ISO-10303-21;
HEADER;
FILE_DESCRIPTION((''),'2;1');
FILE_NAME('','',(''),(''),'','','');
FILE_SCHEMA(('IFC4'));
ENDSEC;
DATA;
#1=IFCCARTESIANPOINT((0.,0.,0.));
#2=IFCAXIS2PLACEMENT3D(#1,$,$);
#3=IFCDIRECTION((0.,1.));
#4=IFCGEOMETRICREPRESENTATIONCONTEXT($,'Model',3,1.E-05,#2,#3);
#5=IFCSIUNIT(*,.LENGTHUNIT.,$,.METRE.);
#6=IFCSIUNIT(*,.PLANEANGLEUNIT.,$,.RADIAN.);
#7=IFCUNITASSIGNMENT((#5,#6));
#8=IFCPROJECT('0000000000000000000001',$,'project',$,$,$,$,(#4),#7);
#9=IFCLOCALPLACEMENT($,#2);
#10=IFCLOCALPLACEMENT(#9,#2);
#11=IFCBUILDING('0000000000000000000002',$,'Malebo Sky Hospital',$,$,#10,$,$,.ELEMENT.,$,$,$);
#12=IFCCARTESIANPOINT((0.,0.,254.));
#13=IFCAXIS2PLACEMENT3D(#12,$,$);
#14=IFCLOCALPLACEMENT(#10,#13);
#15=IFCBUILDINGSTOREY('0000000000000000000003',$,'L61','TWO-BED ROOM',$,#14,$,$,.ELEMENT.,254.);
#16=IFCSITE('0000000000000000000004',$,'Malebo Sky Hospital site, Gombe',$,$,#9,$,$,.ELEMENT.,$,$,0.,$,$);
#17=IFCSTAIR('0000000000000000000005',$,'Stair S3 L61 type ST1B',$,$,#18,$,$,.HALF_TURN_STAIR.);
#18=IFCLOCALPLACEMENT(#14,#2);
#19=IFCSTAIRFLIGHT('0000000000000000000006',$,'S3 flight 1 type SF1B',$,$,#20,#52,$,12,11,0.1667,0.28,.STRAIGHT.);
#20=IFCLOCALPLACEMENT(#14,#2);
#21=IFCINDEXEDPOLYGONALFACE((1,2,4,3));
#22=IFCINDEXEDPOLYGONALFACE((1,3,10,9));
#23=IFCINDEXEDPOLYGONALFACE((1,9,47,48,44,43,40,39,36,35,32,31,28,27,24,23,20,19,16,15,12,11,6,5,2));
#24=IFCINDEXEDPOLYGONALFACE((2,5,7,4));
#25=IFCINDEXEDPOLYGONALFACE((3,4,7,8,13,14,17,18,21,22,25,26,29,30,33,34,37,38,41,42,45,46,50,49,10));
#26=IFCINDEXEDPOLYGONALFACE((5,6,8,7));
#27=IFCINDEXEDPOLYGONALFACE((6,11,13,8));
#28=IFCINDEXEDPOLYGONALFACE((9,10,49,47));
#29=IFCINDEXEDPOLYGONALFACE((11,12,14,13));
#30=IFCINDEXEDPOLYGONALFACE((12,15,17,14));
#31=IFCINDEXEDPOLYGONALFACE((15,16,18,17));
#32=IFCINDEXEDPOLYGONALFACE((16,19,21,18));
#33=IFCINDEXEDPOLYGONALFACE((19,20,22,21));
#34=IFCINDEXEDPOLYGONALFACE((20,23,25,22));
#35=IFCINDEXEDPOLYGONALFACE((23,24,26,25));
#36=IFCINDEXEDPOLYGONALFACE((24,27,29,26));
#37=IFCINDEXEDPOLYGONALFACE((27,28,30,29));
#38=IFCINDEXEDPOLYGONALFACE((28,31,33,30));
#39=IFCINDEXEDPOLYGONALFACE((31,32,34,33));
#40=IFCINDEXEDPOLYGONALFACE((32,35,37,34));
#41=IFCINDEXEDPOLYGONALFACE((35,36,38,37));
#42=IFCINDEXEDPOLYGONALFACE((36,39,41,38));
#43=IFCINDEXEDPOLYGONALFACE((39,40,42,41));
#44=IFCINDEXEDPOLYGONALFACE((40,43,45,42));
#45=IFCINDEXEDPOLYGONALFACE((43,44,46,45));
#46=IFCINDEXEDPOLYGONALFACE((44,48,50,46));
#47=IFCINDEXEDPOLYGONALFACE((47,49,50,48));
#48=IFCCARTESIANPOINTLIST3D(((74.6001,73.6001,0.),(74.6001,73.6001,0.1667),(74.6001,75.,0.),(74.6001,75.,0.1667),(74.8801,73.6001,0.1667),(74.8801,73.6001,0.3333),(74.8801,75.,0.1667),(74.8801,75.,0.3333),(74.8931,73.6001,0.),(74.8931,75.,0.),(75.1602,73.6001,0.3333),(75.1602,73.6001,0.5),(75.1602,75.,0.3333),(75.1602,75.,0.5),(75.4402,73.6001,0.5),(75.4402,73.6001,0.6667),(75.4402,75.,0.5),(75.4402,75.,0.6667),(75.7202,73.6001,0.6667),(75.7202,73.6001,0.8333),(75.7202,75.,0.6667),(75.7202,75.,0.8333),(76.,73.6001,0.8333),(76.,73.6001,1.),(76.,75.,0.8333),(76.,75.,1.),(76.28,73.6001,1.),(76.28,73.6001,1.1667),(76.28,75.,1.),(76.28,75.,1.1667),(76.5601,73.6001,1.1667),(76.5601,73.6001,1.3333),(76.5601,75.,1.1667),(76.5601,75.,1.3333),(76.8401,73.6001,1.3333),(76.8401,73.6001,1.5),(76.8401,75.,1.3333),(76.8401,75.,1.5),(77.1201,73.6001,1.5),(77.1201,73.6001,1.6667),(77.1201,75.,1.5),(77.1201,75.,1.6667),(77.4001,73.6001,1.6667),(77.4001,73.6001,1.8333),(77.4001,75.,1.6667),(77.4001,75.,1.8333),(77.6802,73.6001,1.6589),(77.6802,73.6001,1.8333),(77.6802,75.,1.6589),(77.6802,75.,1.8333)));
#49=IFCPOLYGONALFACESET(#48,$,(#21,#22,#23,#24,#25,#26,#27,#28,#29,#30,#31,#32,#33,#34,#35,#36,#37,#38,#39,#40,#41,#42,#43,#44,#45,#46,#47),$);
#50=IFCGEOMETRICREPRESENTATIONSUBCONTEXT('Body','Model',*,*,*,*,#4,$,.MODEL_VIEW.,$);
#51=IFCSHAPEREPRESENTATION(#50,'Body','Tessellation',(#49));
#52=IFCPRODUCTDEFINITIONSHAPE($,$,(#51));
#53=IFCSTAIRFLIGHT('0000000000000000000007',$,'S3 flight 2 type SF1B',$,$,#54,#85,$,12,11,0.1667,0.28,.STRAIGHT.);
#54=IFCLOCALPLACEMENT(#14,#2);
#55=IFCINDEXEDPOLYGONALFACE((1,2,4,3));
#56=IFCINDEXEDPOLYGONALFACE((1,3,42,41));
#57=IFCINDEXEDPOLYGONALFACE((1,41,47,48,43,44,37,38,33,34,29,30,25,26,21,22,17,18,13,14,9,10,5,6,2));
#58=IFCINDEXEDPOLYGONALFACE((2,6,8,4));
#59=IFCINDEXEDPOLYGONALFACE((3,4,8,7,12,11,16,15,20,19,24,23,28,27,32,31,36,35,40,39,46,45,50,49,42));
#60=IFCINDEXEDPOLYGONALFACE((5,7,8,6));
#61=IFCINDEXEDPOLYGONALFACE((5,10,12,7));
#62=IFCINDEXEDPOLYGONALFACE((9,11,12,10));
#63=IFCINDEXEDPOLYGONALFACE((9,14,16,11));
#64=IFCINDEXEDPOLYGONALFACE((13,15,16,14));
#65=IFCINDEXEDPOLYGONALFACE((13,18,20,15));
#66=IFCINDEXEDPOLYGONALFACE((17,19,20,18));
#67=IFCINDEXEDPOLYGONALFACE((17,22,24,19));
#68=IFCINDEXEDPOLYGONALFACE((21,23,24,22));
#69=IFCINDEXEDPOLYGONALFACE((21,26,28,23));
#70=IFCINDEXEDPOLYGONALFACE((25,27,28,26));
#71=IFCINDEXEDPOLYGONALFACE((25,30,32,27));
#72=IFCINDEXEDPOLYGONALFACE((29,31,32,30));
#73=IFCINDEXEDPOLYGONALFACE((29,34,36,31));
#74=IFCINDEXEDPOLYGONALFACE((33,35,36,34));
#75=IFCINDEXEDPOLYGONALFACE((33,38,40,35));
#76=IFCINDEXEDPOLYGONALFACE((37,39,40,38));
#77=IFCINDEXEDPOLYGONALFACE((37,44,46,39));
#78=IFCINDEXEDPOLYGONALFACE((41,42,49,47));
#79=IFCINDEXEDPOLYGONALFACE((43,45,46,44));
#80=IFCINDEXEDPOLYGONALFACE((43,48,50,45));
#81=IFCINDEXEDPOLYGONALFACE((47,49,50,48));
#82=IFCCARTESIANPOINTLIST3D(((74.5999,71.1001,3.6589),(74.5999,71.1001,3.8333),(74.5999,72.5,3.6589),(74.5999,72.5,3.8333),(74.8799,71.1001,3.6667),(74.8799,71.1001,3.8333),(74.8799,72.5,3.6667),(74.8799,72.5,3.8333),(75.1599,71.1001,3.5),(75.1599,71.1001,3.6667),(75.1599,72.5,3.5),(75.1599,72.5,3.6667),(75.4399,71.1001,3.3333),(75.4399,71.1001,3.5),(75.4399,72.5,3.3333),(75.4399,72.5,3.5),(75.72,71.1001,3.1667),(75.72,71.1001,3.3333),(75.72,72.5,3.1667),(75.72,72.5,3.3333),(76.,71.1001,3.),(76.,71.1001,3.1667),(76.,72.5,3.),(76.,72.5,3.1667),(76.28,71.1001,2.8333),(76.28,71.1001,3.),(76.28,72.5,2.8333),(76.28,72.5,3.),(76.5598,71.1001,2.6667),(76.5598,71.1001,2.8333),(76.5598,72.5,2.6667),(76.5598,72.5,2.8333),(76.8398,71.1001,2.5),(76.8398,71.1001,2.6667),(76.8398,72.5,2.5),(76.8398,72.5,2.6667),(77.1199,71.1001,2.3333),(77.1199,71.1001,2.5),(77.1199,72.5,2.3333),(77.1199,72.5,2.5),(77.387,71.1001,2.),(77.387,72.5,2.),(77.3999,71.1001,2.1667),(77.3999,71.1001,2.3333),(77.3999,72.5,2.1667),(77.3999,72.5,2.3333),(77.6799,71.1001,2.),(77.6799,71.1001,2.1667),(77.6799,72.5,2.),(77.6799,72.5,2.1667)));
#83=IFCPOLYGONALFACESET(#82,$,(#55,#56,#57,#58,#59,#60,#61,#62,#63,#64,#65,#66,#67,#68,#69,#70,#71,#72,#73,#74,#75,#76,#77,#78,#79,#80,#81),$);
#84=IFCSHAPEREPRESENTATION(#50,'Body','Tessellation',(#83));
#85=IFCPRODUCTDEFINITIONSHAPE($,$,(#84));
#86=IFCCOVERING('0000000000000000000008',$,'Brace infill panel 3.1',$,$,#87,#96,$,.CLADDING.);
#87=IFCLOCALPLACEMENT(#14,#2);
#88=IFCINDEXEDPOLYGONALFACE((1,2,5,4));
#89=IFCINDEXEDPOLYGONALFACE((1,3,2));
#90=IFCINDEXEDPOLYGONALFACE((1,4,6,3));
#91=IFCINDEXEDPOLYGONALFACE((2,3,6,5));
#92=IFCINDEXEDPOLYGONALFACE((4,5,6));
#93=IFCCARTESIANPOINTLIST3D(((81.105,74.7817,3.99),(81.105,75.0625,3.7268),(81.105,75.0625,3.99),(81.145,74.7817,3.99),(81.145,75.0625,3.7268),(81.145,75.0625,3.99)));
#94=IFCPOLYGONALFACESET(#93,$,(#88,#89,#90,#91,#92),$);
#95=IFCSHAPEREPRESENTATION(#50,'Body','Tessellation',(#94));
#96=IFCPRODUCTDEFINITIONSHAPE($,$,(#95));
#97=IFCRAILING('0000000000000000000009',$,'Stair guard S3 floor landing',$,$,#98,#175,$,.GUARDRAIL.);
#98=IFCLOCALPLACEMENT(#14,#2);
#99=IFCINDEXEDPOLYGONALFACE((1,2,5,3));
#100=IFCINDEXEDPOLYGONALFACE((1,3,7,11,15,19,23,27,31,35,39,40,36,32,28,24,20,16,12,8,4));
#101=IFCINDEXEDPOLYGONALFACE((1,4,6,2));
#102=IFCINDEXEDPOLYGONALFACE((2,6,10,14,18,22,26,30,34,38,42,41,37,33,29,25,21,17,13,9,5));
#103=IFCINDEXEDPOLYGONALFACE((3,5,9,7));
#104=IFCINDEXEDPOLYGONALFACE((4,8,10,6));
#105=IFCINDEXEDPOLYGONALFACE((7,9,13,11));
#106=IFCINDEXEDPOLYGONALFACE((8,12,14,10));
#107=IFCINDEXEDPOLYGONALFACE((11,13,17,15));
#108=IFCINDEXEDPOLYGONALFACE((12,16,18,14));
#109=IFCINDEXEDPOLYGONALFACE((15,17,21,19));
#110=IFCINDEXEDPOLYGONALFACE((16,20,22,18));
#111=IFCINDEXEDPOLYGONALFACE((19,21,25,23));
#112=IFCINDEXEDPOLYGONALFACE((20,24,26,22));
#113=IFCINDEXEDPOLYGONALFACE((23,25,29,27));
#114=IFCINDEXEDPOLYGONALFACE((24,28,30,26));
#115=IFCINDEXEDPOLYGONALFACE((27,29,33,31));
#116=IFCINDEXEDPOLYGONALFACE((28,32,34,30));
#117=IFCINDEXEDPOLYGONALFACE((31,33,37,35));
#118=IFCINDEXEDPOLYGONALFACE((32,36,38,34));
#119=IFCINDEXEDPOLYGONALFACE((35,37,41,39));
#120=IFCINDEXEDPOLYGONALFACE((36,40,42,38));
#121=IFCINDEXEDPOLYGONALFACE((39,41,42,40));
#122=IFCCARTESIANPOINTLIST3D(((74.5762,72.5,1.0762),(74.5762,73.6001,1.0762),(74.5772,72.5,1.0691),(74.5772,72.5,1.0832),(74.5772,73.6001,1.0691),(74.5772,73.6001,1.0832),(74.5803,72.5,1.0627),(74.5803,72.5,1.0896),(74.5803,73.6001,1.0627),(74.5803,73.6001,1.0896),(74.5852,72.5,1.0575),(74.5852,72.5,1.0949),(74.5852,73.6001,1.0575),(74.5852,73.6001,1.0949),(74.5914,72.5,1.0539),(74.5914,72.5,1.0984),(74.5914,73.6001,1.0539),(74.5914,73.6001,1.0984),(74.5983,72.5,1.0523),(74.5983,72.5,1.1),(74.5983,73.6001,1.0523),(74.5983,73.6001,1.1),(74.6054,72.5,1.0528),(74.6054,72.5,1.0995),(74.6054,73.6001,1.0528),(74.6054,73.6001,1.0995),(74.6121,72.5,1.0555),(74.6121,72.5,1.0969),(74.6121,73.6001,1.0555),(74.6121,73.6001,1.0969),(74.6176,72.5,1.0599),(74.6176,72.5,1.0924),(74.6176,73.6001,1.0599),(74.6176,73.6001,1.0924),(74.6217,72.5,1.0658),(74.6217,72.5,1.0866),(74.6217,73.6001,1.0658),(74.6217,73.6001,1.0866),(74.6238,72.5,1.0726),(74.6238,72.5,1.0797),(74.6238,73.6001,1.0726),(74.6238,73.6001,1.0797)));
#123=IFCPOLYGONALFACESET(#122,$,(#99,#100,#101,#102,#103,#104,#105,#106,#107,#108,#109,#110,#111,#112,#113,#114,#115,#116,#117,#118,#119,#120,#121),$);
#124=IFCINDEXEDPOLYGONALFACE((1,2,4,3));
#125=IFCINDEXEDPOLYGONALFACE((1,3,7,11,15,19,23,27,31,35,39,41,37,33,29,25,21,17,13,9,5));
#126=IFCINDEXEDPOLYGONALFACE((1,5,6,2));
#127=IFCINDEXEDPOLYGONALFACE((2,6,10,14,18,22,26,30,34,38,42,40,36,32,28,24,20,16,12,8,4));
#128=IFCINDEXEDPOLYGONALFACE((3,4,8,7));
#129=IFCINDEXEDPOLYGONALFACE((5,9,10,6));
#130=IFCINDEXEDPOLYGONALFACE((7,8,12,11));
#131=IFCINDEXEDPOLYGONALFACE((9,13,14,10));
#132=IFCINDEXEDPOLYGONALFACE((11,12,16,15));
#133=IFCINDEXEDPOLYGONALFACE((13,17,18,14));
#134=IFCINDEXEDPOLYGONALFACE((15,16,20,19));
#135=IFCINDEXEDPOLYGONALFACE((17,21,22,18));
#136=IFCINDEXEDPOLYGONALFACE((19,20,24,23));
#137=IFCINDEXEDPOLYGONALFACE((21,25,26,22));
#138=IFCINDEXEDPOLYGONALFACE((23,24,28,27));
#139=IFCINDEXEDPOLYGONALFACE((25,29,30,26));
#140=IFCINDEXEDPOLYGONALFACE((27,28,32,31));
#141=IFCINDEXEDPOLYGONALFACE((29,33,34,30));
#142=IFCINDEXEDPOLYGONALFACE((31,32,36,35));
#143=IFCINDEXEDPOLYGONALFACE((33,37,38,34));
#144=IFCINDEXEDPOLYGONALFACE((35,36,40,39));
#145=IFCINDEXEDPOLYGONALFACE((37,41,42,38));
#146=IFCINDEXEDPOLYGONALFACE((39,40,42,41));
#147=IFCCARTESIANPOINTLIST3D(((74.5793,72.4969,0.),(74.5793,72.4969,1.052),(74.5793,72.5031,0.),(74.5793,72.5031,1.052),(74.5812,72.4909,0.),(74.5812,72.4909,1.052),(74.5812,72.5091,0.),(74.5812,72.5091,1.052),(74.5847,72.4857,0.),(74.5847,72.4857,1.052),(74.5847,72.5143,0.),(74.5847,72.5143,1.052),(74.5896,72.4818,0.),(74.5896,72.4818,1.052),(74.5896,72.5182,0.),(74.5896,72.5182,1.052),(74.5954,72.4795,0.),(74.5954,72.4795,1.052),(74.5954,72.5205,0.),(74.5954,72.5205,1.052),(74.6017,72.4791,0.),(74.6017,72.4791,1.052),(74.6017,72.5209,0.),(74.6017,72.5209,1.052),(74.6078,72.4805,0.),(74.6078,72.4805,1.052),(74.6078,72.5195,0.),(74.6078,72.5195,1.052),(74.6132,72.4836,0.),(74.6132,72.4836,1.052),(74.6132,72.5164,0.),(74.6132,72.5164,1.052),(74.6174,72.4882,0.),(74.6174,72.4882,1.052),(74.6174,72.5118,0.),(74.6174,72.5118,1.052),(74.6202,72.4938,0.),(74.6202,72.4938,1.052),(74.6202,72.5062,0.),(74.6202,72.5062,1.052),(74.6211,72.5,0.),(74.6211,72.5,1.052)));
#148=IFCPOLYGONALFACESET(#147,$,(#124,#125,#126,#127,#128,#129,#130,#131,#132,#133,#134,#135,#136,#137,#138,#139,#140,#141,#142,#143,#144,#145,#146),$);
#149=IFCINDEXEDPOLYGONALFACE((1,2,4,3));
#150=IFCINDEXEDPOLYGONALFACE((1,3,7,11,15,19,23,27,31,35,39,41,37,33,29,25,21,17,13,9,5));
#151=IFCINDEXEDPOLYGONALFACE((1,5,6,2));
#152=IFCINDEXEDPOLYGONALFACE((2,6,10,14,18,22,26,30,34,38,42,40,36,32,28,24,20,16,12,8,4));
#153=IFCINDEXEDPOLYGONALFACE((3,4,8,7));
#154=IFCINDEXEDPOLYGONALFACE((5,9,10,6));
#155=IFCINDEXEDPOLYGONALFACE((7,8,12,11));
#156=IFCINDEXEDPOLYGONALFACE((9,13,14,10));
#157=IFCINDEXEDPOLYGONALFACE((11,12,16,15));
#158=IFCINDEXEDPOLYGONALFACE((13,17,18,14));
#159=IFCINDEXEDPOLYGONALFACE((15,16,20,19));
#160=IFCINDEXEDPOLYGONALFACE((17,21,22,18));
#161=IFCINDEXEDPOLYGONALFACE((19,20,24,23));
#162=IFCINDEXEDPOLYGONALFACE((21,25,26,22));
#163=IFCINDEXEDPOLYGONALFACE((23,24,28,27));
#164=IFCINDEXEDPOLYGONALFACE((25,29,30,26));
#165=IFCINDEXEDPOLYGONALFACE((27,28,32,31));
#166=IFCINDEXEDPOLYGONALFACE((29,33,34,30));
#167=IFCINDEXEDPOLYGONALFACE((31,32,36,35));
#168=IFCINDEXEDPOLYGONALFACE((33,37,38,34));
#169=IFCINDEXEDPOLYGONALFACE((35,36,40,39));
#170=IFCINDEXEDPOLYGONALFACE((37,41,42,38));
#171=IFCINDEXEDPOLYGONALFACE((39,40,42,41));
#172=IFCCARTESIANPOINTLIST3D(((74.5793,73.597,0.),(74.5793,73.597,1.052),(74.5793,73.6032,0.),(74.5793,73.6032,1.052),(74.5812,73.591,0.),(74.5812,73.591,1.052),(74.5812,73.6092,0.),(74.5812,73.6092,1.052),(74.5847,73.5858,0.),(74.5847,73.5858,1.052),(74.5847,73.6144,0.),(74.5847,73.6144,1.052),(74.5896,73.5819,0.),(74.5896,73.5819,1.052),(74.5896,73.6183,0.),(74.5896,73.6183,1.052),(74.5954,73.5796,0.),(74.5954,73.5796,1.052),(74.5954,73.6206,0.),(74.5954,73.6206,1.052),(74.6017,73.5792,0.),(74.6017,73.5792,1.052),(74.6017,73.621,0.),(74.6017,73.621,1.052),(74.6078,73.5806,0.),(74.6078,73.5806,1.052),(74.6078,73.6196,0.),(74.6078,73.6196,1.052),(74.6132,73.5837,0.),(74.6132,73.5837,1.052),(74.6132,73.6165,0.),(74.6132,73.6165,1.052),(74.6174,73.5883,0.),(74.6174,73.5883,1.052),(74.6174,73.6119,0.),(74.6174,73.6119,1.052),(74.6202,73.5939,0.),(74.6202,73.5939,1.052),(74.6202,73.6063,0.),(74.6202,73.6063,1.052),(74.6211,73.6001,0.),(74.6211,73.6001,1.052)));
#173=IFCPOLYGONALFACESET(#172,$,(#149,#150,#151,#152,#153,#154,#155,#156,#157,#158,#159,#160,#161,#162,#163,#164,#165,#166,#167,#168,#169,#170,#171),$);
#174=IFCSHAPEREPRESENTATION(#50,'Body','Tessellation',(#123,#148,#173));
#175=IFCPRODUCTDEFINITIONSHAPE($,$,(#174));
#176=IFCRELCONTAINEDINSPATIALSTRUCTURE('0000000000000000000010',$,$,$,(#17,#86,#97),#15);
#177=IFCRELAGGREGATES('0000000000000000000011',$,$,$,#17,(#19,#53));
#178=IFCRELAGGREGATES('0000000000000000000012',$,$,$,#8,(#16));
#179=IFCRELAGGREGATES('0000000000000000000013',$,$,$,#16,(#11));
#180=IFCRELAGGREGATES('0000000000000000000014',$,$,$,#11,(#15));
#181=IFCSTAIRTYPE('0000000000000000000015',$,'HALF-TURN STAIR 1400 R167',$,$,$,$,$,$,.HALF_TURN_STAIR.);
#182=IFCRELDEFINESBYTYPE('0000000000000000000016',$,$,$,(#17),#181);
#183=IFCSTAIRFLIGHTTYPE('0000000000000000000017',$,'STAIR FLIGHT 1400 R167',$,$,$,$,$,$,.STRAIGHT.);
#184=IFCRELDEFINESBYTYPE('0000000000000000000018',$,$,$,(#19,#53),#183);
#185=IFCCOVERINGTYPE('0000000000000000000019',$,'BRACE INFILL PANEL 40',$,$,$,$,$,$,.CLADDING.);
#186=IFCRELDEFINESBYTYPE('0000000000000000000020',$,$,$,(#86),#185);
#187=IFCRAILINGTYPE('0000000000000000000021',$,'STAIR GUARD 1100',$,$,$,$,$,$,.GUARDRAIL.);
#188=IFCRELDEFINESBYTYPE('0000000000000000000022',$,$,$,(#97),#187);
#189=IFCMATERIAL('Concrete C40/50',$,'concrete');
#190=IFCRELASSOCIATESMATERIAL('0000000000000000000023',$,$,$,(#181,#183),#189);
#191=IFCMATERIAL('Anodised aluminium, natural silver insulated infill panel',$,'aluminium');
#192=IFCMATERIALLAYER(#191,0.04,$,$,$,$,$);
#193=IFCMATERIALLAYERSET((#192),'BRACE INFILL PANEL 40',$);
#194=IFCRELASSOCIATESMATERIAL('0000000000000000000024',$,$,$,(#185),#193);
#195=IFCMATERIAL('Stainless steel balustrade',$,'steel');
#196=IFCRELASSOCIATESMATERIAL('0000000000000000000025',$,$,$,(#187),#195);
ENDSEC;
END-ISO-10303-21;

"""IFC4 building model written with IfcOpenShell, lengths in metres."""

from ifc_helpers import new_model, si_unit, direction, frame, origin, origin_2d, place, context, subcontext, project, spatial, polyline, circle, outline, extrude, material, layer, layer_set, type_object, element, aggregate, save


model = new_model("IFC4")

# Units and contexts
model_context = context("Model", 3, precision=1e-05, world=origin(), true_north=direction((0.0, 1.0)))
body_context = subcontext(model_context, "Body", "Model", "MODEL_VIEW")
ifc_project = project(units=[si_unit("LENGTHUNIT", "METRE"), si_unit("PLANEANGLEUNIT", "RADIAN")], contexts=[model_context])

# Site, building, storey
site_placement = place(None, origin())
site = spatial("IfcSite", under=ifc_project, at=site_placement, Name="Malebo Sky Hospital site, Gombe", CompositionType="ELEMENT", RefElevation=0.0)
building_placement = place(site_placement, origin())
building = spatial("IfcBuilding", under=site, at=building_placement, Name="Malebo Sky Hospital", CompositionType="ELEMENT")
storey_placement = place(building_placement, frame((0.0, 0.0, 254.0)))
storey = spatial("IfcBuildingStorey", under=building, at=storey_placement, Name="L61", Description="TWO-BED ROOM", CompositionType="ELEMENT", Elevation=254.0)

# Shared definitions
ifc_material_1 = material(Name="Concrete C40/50", Category="concrete")

# Stair, stair flights
stair_type = type_object("IfcStairType", Name="HALF-TURN STAIR 1400 R167", PredefinedType="HALF_TURN_STAIR", material=ifc_material_1)
stair_placement = place(storey_placement, origin())
stair = element("IfcStair", 1, at=stair_placement, inside=storey, type_object=stair_type, Name="Stair S3 L61 type ST1B", PredefinedType="HALF_TURN_STAIR")
stair_flight_type = type_object("IfcStairFlightType", Name="STAIR FLIGHT 1400 R167", PredefinedType="STRAIGHT", material=ifc_material_1)
stair_flight_1_placement = place(storey_placement, frame((74.6001, 74.3, 0.0), z_axis=(0.0, 0.0, 1.0), x_axis=(1.0, 0.0, 0.0)))
stair_flight_1 = element("IfcStairFlight", 2, at=stair_flight_1_placement, type_object=stair_flight_type, Name="S3 flight 1 type SF1B", NumberOfRisers=12, NumberOfTreads=11, PredefinedType="STRAIGHT", RiserHeight=0.1667, TreadLength=0.28, context=body_context, shape_type="SweptSolid", body=[
    extrude(outline(polyline([(0.0, 0.0), (0.0, 0.1667), (0.28, 0.1667), (0.28, 0.3333), (0.5601, 0.3333), (0.5601, 0.5), (0.8401, 0.5), (0.8401, 0.6667), (1.1201, 0.6667), (1.1201, 0.8333), (1.3999, 0.8333), (1.3999, 1.0), (1.6799, 1.0), (1.6799, 1.1667), (1.96, 1.1667), (1.96, 1.3333), (2.24, 1.3333), (2.24, 1.5), (2.52, 1.5), (2.52, 1.6667), (2.8, 1.6667), (2.8, 1.8333), (3.0801, 1.8333), (3.0801, 2.0), (3.0801, 1.6589), (0.293, 0.0), (0.0, 0.0)])), frame((0.0, 0.7, 0.0), z_axis=(0.0, -1.0, 0.0), x_axis=(1.0, 0.0, 0.0)), (0.0, 0.0, 1.0), 1.3999),
])
stair_flight_2_placement = place(storey_placement, frame((77.6799, 71.8, 2.0), z_axis=(0.0, 0.0, 1.0), x_axis=(-1.0, 0.0, 0.0)))
stair_flight_2 = element("IfcStairFlight", 3, at=stair_flight_2_placement, type_object=stair_flight_type, Name="S3 flight 2 type SF1B", NumberOfRisers=12, NumberOfTreads=11, PredefinedType="STRAIGHT", RiserHeight=0.1667, TreadLength=0.28, context=body_context, shape_type="SweptSolid", body=[
    extrude(outline(polyline([(0.0, 0.0), (0.0, 0.1667), (0.28, 0.1667), (0.28, 0.3333), (0.5601, 0.3333), (0.5601, 0.5), (0.8401, 0.5), (0.8401, 0.6667), (1.1201, 0.6667), (1.1201, 0.8333), (1.3999, 0.8333), (1.3999, 1.0), (1.6799, 1.0), (1.6799, 1.1667), (1.96, 1.1667), (1.96, 1.3333), (2.24, 1.3333), (2.24, 1.5), (2.52, 1.5), (2.52, 1.6667), (2.8, 1.6667), (2.8, 1.8333), (3.0801, 1.8333), (3.0801, 2.0), (3.0801, 1.6589), (0.293, 0.0), (0.0, 0.0)])), frame((0.0, 0.7, 0.0), z_axis=(0.0, -1.0, 0.0), x_axis=(1.0, 0.0, 0.0)), (0.0, 0.0, 1.0), 1.3999),
])
aggregate(stair, [stair_flight_1, stair_flight_2])

# Covering
ifc_material_2 = material(Name="Anodised aluminium, natural silver insulated infill panel", Category="aluminium")
ifc_layer_1 = layer(ifc_material_2, 0.04)
ifc_layer_set_1 = layer_set([ifc_layer_1], Name="BRACE INFILL PANEL 40")
covering_type = type_object("IfcCoveringType", Name="BRACE INFILL PANEL 40", PredefinedType="CLADDING", material=ifc_layer_set_1)
covering_placement = place(storey_placement, frame((81.125, 74.9221, 3.7268), z_axis=(0.0, 0.0, 1.0), x_axis=(0.0, -1.0, 0.0)))
element("IfcCovering", 4, at=covering_placement, inside=storey, type_object=covering_type, Name="Brace infill panel 3.1", PredefinedType="CLADDING", context=body_context, shape_type="SweptSolid", body=[
    extrude(outline(polyline([(-0.1404, 0.0), (0.1404, 0.2632), (-0.1404, 0.2632), (-0.1404, 0.0)])), frame((0.0, 0.02, 0.0), z_axis=(0.0, -1.0, 0.0), x_axis=(1.0, 0.0, 0.0)), (0.0, 0.0, 1.0), 0.04),
])

# Railing
ifc_material_3 = material(Name="Stainless steel balustrade", Category="steel")
railing_type_1 = type_object("IfcRailingType", Name="STAIR GUARD 1100", PredefinedType="GUARDRAIL", material=ifc_material_3)
for number, where, name in (
    (5, (74.6001, 72.5, 0.0), "Stair guard S3 floor landing"),
):
    element("IfcRailing", number, at=place(storey_placement, frame(where)), inside=storey, type_object=railing_type_1, Name=name, PredefinedType="GUARDRAIL", context=body_context, shape_type="SweptSolid", body=[
        extrude(circle(Radius=0.0239, at=origin_2d()), frame((0.0, 0.0, 1.0762), z_axis=(0.0, 1.0, 0.0), x_axis=(-1.0, 0.0, 0.0)), (0.0, 0.0, 1.0), 1.1001),
        extrude(circle(Radius=0.021, at=origin_2d()), origin(), (0.0, 0.0, 1.0), 1.052),
        extrude(circle(Radius=0.021, at=origin_2d()), frame((0.0, 1.1001, 0.0)), (0.0, 0.0, 1.0), 1.052),
    ])

save(model, "model.ifc")
